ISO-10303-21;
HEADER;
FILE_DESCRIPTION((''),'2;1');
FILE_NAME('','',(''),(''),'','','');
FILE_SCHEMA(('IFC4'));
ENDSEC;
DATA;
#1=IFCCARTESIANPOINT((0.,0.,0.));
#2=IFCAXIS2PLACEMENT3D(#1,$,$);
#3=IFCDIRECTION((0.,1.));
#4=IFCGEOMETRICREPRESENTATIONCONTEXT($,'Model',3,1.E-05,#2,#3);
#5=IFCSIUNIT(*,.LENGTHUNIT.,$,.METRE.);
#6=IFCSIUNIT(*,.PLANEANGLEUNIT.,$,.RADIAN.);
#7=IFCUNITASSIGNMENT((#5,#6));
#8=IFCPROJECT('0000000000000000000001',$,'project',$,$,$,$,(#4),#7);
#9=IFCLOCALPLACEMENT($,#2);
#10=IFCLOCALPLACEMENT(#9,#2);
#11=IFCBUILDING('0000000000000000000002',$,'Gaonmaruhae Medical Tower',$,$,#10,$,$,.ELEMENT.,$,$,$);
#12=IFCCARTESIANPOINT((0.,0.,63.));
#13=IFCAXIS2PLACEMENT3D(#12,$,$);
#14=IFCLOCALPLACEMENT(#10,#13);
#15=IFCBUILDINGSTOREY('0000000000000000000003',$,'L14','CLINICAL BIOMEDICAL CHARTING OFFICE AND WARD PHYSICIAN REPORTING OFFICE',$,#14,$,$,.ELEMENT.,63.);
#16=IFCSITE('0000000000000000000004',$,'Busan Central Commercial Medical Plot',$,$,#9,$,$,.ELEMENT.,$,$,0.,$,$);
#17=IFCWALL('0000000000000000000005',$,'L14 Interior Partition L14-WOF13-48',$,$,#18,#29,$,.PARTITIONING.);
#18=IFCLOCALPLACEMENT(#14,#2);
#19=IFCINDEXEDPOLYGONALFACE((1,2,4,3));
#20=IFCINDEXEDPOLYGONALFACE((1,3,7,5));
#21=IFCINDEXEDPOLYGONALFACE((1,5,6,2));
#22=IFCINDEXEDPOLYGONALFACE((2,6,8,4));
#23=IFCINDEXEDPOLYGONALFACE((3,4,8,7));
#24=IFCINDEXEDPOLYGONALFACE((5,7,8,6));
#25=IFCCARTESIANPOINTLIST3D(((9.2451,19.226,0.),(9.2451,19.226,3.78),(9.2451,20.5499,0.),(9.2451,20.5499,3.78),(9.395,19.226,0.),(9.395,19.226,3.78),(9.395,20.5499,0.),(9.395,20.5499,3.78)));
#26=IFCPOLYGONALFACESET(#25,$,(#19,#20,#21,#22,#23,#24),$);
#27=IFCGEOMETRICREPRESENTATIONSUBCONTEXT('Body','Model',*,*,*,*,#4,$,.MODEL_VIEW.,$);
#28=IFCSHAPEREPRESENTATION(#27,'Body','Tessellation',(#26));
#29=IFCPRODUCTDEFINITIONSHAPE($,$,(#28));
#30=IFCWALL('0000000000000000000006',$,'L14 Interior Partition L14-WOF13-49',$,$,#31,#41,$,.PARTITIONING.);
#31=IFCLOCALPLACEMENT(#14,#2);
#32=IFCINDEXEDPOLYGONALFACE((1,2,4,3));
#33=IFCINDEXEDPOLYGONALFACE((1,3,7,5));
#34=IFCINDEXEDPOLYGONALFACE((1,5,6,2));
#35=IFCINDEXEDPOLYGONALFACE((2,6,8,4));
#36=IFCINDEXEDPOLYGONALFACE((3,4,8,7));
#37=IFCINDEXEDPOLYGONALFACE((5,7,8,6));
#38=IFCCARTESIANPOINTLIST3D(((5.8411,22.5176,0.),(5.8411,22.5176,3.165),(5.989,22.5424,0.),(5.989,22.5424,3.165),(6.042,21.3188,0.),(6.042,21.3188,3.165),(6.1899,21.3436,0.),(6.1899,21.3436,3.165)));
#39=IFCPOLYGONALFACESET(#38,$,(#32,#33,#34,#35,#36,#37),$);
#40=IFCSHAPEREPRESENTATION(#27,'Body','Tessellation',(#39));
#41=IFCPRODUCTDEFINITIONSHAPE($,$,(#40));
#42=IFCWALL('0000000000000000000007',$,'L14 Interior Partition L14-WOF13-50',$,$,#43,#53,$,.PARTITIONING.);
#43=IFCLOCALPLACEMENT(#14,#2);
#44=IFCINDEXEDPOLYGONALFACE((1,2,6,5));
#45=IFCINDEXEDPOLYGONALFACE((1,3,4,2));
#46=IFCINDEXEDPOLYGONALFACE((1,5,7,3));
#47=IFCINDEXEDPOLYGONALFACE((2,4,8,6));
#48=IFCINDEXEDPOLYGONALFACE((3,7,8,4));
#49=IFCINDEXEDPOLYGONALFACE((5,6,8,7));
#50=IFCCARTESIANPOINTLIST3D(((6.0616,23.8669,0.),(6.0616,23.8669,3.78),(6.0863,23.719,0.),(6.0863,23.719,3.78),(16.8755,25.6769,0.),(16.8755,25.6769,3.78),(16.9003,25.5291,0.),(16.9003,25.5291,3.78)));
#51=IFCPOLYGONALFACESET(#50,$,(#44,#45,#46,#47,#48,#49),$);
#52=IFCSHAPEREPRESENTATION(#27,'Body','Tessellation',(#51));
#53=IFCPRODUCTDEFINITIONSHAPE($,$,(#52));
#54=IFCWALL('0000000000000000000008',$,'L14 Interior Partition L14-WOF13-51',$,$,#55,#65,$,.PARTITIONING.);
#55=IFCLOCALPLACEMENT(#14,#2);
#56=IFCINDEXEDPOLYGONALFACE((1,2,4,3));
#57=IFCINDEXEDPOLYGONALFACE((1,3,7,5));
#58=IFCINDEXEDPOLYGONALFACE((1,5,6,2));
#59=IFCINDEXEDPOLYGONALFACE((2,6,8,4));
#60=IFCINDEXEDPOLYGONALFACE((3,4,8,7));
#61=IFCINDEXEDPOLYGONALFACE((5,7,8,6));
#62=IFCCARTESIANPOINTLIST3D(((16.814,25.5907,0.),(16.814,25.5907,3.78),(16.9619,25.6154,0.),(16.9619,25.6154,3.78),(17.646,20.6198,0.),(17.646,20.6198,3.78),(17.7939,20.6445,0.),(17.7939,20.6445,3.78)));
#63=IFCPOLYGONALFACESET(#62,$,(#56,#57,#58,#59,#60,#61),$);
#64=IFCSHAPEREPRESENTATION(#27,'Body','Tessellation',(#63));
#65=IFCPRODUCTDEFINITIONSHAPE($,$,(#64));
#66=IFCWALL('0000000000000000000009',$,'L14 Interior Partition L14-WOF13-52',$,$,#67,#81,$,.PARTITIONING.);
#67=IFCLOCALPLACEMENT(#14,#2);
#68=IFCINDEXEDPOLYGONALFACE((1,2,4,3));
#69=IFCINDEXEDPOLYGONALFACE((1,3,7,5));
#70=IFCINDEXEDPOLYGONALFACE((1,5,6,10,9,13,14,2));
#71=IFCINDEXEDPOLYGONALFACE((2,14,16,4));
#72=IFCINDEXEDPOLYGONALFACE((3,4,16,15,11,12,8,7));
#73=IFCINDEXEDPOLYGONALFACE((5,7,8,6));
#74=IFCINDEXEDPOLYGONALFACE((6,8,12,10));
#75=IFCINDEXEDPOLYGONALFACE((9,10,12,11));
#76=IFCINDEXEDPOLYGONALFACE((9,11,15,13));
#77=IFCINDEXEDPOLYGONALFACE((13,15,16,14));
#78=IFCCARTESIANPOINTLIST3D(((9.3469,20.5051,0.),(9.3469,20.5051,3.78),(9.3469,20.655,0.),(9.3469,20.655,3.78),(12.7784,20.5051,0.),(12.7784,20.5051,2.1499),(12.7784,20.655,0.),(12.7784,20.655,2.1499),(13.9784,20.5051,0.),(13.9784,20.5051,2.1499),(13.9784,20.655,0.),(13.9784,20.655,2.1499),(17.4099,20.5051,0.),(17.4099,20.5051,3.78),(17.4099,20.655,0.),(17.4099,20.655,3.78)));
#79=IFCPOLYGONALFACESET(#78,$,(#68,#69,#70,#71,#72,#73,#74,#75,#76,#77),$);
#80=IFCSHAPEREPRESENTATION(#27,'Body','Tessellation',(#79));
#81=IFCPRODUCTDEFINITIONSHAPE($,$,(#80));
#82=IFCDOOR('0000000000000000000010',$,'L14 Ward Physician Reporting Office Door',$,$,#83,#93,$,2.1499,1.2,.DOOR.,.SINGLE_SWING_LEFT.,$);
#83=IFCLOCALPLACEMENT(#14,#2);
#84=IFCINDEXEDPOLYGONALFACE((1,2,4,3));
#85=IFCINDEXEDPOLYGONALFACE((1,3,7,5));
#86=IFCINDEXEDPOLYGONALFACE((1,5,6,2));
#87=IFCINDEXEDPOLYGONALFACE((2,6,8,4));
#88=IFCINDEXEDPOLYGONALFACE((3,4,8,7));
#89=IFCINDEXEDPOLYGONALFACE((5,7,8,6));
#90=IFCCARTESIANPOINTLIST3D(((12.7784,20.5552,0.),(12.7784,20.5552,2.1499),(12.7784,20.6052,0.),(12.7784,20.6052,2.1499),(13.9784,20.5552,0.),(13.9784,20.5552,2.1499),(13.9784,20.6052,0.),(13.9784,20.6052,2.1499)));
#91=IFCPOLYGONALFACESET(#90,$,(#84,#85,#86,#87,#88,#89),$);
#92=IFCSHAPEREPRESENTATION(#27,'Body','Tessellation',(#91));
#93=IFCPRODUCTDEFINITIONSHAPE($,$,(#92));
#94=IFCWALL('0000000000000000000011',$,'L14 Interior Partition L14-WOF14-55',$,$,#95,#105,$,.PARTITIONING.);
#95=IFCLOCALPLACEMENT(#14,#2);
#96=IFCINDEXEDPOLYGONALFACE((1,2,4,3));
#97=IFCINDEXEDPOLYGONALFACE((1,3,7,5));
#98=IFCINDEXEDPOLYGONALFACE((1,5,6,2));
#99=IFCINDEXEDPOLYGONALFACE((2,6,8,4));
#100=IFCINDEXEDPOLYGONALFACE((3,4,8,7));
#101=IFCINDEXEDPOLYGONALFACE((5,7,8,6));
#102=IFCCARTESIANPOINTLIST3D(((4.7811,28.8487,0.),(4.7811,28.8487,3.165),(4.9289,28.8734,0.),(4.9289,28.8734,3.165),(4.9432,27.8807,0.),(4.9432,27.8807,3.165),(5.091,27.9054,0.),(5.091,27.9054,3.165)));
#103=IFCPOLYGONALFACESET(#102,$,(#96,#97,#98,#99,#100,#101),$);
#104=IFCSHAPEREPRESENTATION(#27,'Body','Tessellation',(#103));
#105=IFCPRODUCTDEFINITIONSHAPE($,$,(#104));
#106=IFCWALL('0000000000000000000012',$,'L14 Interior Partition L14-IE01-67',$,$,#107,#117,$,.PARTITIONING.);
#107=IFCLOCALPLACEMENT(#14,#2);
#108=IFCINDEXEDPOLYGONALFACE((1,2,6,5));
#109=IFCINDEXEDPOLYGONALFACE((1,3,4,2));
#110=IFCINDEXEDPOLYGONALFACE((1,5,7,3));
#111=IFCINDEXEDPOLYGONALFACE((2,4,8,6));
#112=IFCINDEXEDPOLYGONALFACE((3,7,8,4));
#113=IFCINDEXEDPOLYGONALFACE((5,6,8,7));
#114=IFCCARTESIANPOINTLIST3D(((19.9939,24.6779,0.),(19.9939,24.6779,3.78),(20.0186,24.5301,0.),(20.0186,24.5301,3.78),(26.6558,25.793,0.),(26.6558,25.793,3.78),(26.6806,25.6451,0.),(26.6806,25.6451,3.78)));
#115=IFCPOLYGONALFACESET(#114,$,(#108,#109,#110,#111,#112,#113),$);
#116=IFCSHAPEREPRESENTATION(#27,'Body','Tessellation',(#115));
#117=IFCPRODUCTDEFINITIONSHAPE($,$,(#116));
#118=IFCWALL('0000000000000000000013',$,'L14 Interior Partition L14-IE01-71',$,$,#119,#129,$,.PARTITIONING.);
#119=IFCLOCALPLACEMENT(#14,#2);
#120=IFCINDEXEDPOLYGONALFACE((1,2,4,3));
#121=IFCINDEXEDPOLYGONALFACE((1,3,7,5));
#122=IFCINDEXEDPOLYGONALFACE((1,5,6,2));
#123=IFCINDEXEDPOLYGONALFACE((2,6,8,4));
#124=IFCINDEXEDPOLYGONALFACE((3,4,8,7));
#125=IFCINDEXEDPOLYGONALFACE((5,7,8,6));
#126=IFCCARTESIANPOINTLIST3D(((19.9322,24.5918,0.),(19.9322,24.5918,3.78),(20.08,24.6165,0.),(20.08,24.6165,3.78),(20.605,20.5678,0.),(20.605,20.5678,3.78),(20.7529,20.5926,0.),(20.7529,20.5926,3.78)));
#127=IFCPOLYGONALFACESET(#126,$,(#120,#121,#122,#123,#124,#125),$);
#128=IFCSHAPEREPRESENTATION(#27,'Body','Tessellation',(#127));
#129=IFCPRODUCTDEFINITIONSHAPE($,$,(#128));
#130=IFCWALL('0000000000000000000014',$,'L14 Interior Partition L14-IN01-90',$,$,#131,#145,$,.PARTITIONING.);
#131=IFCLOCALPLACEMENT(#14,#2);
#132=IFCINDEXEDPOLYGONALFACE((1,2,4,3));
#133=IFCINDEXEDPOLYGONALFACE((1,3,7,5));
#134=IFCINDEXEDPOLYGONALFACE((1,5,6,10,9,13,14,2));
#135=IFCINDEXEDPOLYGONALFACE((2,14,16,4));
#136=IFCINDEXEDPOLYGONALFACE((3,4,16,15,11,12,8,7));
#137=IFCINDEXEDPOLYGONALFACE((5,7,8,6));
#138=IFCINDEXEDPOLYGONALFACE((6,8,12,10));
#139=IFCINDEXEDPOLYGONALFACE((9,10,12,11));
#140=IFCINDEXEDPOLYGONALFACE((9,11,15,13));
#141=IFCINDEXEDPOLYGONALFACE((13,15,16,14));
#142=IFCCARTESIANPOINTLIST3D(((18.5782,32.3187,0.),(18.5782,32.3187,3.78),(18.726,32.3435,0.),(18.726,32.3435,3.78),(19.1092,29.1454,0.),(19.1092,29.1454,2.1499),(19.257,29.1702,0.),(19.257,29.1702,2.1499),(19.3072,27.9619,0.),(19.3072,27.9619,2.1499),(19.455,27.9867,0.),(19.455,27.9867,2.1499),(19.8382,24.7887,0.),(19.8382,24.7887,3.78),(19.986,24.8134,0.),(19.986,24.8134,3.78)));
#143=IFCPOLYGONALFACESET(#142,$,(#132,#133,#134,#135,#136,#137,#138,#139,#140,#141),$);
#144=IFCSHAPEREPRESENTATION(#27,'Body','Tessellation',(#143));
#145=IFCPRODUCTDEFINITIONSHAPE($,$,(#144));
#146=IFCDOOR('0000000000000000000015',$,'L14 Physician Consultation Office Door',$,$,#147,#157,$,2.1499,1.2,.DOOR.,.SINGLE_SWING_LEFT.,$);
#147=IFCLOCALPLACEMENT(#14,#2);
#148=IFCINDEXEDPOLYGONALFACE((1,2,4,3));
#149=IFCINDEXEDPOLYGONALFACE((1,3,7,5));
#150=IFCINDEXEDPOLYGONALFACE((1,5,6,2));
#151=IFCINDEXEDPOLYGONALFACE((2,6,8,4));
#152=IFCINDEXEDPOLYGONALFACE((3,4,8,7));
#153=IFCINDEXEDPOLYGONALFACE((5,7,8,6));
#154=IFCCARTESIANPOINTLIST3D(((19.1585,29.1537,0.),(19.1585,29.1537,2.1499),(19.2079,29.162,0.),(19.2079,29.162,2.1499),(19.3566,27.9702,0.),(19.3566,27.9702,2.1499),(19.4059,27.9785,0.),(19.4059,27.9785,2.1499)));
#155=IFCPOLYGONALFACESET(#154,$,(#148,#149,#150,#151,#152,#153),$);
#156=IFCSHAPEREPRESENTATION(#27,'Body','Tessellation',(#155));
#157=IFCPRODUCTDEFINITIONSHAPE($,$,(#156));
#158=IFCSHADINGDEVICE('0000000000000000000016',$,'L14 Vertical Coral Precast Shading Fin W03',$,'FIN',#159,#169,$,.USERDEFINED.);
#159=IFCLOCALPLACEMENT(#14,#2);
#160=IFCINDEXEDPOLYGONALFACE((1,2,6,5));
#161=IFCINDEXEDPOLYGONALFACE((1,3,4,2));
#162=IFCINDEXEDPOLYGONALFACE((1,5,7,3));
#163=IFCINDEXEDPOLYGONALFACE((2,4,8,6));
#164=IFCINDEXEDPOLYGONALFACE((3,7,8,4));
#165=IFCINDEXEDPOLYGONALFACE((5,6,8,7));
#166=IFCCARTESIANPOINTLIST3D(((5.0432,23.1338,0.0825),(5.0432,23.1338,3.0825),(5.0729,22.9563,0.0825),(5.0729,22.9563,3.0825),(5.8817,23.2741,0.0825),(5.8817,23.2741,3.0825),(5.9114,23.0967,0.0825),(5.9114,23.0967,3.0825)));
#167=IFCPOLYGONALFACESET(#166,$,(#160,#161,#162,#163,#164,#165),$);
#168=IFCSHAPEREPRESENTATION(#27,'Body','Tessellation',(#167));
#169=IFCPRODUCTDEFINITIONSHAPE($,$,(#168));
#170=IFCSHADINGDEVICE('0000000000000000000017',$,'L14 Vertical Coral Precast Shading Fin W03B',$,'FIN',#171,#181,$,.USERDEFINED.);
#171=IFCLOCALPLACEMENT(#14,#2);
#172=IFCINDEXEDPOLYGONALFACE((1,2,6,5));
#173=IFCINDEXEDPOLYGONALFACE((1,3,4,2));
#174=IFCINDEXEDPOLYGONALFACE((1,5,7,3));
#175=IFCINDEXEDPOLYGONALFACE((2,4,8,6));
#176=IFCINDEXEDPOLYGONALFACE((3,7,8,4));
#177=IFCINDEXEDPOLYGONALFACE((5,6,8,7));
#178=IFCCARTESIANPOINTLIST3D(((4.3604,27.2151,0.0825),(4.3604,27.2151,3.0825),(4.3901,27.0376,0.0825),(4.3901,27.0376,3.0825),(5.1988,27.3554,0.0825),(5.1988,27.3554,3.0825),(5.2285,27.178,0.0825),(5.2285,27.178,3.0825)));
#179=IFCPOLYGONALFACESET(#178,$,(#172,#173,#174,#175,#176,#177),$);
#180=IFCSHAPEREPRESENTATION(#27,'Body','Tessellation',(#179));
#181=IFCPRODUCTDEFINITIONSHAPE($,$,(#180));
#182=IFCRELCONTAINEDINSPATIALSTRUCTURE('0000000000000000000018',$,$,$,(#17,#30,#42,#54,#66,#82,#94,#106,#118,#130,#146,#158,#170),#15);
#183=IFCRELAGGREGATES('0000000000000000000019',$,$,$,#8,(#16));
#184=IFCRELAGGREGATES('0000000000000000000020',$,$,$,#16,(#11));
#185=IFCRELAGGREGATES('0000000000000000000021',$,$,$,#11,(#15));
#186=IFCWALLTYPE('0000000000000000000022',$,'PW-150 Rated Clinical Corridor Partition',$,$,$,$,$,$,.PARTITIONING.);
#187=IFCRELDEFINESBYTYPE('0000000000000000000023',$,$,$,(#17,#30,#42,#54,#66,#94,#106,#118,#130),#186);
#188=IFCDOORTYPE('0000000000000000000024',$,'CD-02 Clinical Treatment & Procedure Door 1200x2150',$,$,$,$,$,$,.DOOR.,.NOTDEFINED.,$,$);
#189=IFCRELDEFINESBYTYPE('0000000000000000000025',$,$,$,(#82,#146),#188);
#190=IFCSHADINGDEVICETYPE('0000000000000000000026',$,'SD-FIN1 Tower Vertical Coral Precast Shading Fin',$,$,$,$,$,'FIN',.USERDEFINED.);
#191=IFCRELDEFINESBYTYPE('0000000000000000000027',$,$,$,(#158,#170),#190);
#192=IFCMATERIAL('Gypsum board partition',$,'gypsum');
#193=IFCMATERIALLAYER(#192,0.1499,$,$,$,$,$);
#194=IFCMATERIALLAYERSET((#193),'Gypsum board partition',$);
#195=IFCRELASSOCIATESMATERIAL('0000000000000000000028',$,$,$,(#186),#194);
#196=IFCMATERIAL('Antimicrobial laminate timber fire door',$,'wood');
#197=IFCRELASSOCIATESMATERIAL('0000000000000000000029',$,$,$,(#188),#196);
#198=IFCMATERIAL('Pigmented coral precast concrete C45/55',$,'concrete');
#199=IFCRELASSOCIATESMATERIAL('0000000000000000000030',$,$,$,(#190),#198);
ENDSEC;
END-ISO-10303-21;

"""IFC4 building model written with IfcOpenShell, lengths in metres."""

from ifc_helpers import new_model, si_unit, direction, frame, frame_2d, origin, origin_2d, place, context, subcontext, project, spatial, rectangle, extrude, material, layer, layer_set, type_object, element, fill, save


model = new_model("IFC4")

# Units and contexts
model_context = context("Model", 3, precision=1e-05, world=origin(), true_north=direction((0.0, 1.0)))
body_context = subcontext(model_context, "Body", "Model", "MODEL_VIEW")
ifc_project = project(units=[si_unit("LENGTHUNIT", "METRE"), si_unit("PLANEANGLEUNIT", "RADIAN")], contexts=[model_context])

# Site, building, storey
site_placement = place(None, origin())
site = spatial("IfcSite", under=ifc_project, at=site_placement, Name="Busan Central Commercial Medical Plot", CompositionType="ELEMENT", RefElevation=0.0)
building_placement = place(site_placement, origin())
building = spatial("IfcBuilding", under=site, at=building_placement, Name="Gaonmaruhae Medical Tower", CompositionType="ELEMENT")
storey_placement = place(building_placement, frame((0.0, 0.0, 63.0)))
storey = spatial("IfcBuildingStorey", under=building, at=storey_placement, Name="L14", Description="CLINICAL BIOMEDICAL CHARTING OFFICE AND WARD PHYSICIAN REPORTING OFFICE", CompositionType="ELEMENT", Elevation=63.0)

# Shared definitions
ifc_material_1 = material(Name="Gypsum board partition", Category="gypsum")
ifc_layer_1 = layer(ifc_material_1, 0.1499)
ifc_layer_set_1 = layer_set([ifc_layer_1], Name="Gypsum board partition")
wall_type_1 = type_object("IfcWallType", Name="PW-150 Rated Clinical Corridor Partition", PredefinedType="PARTITIONING", material=ifc_layer_set_1)

# Shared definitions
ifc_material_2 = material(Name="Antimicrobial laminate timber fire door", Category="wood")

# Walls
wall_1_placement = place(storey_placement, frame((9.3201, 20.55, 0.0), z_axis=(0.0, 0.0, 1.0), x_axis=(0.0, -1.0, 0.0)))
element("IfcWall", 1, at=wall_1_placement, inside=storey, type_object=wall_type_1, Name="L14 Interior Partition L14-WOF13-48", PredefinedType="PARTITIONING", context=body_context, shape_type="SweptSolid", body=[
    extrude(rectangle(XDim=1.324, YDim=0.1499, at=frame_2d((0.6621, 0.0))), origin(), (0.0, 0.0, 1.0), 3.78),
])
wall_2_placement = place(storey_placement, frame((6.116, 21.3311, 0.0), z_axis=(0.0, 0.0, 1.0), x_axis=(-0.165278, 0.986247, 0.0)))
element("IfcWall", 2, at=wall_2_placement, inside=storey, type_object=wall_type_1, Name="L14 Interior Partition L14-WOF13-49", PredefinedType="PARTITIONING", context=body_context, shape_type="SweptSolid", body=[
    extrude(rectangle(XDim=1.2156, YDim=0.1499, at=frame_2d((0.6079, 0.0))), origin(), (0.0, 0.0, 1.0), 3.165),
])
wall_3_placement = place(storey_placement, frame((6.074, 23.793, 0.0), z_axis=(0.0, 0.0, 1.0), x_axis=(0.986279, 0.165085, 0.0)))
element("IfcWall", 3, at=wall_3_placement, inside=storey, type_object=wall_type_1, Name="L14 Interior Partition L14-WOF13-50", PredefinedType="PARTITIONING", context=body_context, shape_type="SweptSolid", body=[
    extrude(rectangle(XDim=10.9644, YDim=0.1499, at=frame_2d((5.4822, 0.0))), origin(), (0.0, 0.0, 1.0), 3.78),
])
wall_4_placement = place(storey_placement, frame((16.8879, 25.603, 0.0), z_axis=(0.0, 0.0, 1.0), x_axis=(0.165082, -0.98628, 0.0)))
element("IfcWall", 4, at=wall_4_placement, inside=storey, type_object=wall_type_1, Name="L14 Interior Partition L14-WOF13-51", PredefinedType="PARTITIONING", context=body_context, shape_type="SweptSolid", body=[
    extrude(rectangle(XDim=5.04, YDim=0.1499, at=frame_2d((2.52, 0.0))), origin(), (0.0, 0.0, 1.0), 3.78),
])

# Wall, opening, door
wall_5_placement = place(storey_placement, frame((17.4099, 20.5801, 0.0), z_axis=(0.0, 0.0, 1.0), x_axis=(-1.0, 0.0, 0.0)))
wall_5 = element("IfcWall", 5, at=wall_5_placement, inside=storey, type_object=wall_type_1, Name="L14 Interior Partition L14-WOF13-52", PredefinedType="PARTITIONING", context=body_context, shape_type="SweptSolid", body=[
    extrude(rectangle(XDim=8.063, YDim=0.1499, at=frame_2d((4.0315, 0.0))), origin(), (0.0, 0.0, 1.0), 3.78),
])
opening_1_placement = place(wall_5_placement, frame((3.4314, 0.0, 0.0)))
opening_1 = element("IfcOpeningElement", 6, at=opening_1_placement, cuts=wall_5, PredefinedType="OPENING", context=body_context, shape_type="SweptSolid", body=[
    extrude(rectangle(XDim=1.2, YDim=2.1499, at=frame_2d((0.6001, 1.075))), frame((0.0, 0.085, 0.0), z_axis=(0.0, -1.0, 0.0), x_axis=(1.0, 0.0, 0.0)), (0.0, 0.0, 1.0), 0.1699),
])
door_type_1 = type_object("IfcDoorType", Name="CD-02 Clinical Treatment & Procedure Door 1200x2150", OperationType="NOTDEFINED", PredefinedType="DOOR", material=ifc_material_2)
door_1_placement = place(opening_1_placement, origin())
door_1 = element("IfcDoor", 7, at=door_1_placement, inside=storey, type_object=door_type_1, Name="L14 Ward Physician Reporting Office Door", OperationType="SINGLE_SWING_LEFT", OverallHeight=2.1499, OverallWidth=1.2, PredefinedType="DOOR", context=body_context, shape_type="SweptSolid", body=[
    extrude(rectangle(XDim=1.2, YDim=2.1499, at=frame_2d((0.6001, 1.075))), frame((0.0, 0.0249, 0.0), z_axis=(0.0, -1.0, 0.0), x_axis=(1.0, 0.0, 0.0)), (0.0, 0.0, 1.0), 0.05),
])
fill(opening_1, door_1)

# Walls
wall_6_placement = place(storey_placement, frame((5.0171, 27.8931, 0.0), z_axis=(0.0, 0.0, 1.0), x_axis=(-0.165165, 0.986266, 0.0)))
element("IfcWall", 8, at=wall_6_placement, inside=storey, type_object=wall_type_1, Name="L14 Interior Partition L14-WOF14-55", PredefinedType="PARTITIONING", context=body_context, shape_type="SweptSolid", body=[
    extrude(rectangle(XDim=0.9814, YDim=0.1499, at=frame_2d((0.4907, 0.0))), origin(), (0.0, 0.0, 1.0), 3.165),
])
wall_7_placement = place(storey_placement, frame((20.0061, 24.604, 0.0), z_axis=(0.0, 0.0, 1.0), x_axis=(0.986281, 0.165073, 0.0)))
element("IfcWall", 9, at=wall_7_placement, inside=storey, type_object=wall_type_1, Name="L14 Interior Partition L14-IE01-67", PredefinedType="PARTITIONING", context=body_context, shape_type="SweptSolid", body=[
    extrude(rectangle(XDim=6.7546, YDim=0.1499, at=frame_2d((3.3774, 0.0))), origin(), (0.0, 0.0, 1.0), 3.78),
])
wall_8_placement = place(storey_placement, frame((20.679, 20.5801, 0.0), z_axis=(0.0, 0.0, 1.0), x_axis=(-0.164923, 0.986306, 0.0)))
element("IfcWall", 10, at=wall_8_placement, inside=storey, type_object=wall_type_1, Name="L14 Interior Partition L14-IE01-71", PredefinedType="PARTITIONING", context=body_context, shape_type="SweptSolid", body=[
    extrude(rectangle(XDim=4.0798, YDim=0.1499, at=frame_2d((2.04, 0.0))), origin(), (0.0, 0.0, 1.0), 3.78),
])

# Wall, opening, door
wall_9_placement = place(storey_placement, frame((19.9121, 24.801, 0.0), z_axis=(0.0, 0.0, 1.0), x_axis=(-0.165037, 0.986287, 0.0)))
wall_9 = element("IfcWall", 11, at=wall_9_placement, inside=storey, type_object=wall_type_1, Name="L14 Interior Partition L14-IN01-90", PredefinedType="PARTITIONING", context=body_context, shape_type="SweptSolid", body=[
    extrude(rectangle(XDim=7.6348, YDim=0.1499, at=frame_2d((3.8174, 0.0))), origin(), (0.0, 0.0, 1.0), 3.78),
])
opening_2_placement = place(wall_9_placement, frame((3.2173, 0.0, 0.0)))
opening_2 = element("IfcOpeningElement", 12, at=opening_2_placement, cuts=wall_9, PredefinedType="OPENING", context=body_context, shape_type="SweptSolid", body=[
    extrude(rectangle(XDim=1.2, YDim=2.1499, at=frame_2d((0.6001, 1.075))), frame((0.0, 0.085, 0.0), z_axis=(0.0, -1.0, 0.0), x_axis=(1.0, 0.0, 0.0)), (0.0, 0.0, 1.0), 0.1699),
])
door_2_placement = place(opening_2_placement, origin())
door_2 = element("IfcDoor", 13, at=door_2_placement, inside=storey, type_object=door_type_1, Name="L14 Physician Consultation Office Door", OperationType="SINGLE_SWING_LEFT", OverallHeight=2.1499, OverallWidth=1.2, PredefinedType="DOOR", context=body_context, shape_type="SweptSolid", body=[
    extrude(rectangle(XDim=1.2, YDim=2.1499, at=frame_2d((0.6001, 1.075))), frame((0.0, 0.0249, 0.0), z_axis=(0.0, -1.0, 0.0), x_axis=(1.0, 0.0, 0.0)), (0.0, 0.0, 1.0), 0.05),
])
fill(opening_2, door_2)

# Shading devices
ifc_material_3 = material(Name="Pigmented coral precast concrete C45/55", Category="concrete")
shading_device_type = type_object("IfcShadingDeviceType", Name="SD-FIN1 Tower Vertical Coral Precast Shading Fin", ElementType="FIN", PredefinedType="USERDEFINED", material=ifc_material_3)
for number, where, z_axis, x_axis, name in (
    (14, (5.4773, 23.1152, 0.0825), (0.0, 0.0, 1.0), (-0.165048, 0.986286, 0.0), "L14 Vertical Coral Precast Shading Fin W03"),
    (15, (4.7944, 27.1965, 0.0825), (0.0, 0.0, 1.0), (-0.165048, 0.986286, 0.0), "L14 Vertical Coral Precast Shading Fin W03B"),
):
    element("IfcShadingDevice", number, at=place(storey_placement, frame(where, z_axis=z_axis, x_axis=x_axis)), inside=storey, type_object=shading_device_type, Name=name, ObjectType="FIN", PredefinedType="USERDEFINED", context=body_context, shape_type="SweptSolid", body=[
        extrude(rectangle(XDim=0.1799, YDim=0.8501, at=origin_2d()), origin(), (0.0, 0.0, 1.0), 3.0),
    ])

save(model, "model.ifc")
